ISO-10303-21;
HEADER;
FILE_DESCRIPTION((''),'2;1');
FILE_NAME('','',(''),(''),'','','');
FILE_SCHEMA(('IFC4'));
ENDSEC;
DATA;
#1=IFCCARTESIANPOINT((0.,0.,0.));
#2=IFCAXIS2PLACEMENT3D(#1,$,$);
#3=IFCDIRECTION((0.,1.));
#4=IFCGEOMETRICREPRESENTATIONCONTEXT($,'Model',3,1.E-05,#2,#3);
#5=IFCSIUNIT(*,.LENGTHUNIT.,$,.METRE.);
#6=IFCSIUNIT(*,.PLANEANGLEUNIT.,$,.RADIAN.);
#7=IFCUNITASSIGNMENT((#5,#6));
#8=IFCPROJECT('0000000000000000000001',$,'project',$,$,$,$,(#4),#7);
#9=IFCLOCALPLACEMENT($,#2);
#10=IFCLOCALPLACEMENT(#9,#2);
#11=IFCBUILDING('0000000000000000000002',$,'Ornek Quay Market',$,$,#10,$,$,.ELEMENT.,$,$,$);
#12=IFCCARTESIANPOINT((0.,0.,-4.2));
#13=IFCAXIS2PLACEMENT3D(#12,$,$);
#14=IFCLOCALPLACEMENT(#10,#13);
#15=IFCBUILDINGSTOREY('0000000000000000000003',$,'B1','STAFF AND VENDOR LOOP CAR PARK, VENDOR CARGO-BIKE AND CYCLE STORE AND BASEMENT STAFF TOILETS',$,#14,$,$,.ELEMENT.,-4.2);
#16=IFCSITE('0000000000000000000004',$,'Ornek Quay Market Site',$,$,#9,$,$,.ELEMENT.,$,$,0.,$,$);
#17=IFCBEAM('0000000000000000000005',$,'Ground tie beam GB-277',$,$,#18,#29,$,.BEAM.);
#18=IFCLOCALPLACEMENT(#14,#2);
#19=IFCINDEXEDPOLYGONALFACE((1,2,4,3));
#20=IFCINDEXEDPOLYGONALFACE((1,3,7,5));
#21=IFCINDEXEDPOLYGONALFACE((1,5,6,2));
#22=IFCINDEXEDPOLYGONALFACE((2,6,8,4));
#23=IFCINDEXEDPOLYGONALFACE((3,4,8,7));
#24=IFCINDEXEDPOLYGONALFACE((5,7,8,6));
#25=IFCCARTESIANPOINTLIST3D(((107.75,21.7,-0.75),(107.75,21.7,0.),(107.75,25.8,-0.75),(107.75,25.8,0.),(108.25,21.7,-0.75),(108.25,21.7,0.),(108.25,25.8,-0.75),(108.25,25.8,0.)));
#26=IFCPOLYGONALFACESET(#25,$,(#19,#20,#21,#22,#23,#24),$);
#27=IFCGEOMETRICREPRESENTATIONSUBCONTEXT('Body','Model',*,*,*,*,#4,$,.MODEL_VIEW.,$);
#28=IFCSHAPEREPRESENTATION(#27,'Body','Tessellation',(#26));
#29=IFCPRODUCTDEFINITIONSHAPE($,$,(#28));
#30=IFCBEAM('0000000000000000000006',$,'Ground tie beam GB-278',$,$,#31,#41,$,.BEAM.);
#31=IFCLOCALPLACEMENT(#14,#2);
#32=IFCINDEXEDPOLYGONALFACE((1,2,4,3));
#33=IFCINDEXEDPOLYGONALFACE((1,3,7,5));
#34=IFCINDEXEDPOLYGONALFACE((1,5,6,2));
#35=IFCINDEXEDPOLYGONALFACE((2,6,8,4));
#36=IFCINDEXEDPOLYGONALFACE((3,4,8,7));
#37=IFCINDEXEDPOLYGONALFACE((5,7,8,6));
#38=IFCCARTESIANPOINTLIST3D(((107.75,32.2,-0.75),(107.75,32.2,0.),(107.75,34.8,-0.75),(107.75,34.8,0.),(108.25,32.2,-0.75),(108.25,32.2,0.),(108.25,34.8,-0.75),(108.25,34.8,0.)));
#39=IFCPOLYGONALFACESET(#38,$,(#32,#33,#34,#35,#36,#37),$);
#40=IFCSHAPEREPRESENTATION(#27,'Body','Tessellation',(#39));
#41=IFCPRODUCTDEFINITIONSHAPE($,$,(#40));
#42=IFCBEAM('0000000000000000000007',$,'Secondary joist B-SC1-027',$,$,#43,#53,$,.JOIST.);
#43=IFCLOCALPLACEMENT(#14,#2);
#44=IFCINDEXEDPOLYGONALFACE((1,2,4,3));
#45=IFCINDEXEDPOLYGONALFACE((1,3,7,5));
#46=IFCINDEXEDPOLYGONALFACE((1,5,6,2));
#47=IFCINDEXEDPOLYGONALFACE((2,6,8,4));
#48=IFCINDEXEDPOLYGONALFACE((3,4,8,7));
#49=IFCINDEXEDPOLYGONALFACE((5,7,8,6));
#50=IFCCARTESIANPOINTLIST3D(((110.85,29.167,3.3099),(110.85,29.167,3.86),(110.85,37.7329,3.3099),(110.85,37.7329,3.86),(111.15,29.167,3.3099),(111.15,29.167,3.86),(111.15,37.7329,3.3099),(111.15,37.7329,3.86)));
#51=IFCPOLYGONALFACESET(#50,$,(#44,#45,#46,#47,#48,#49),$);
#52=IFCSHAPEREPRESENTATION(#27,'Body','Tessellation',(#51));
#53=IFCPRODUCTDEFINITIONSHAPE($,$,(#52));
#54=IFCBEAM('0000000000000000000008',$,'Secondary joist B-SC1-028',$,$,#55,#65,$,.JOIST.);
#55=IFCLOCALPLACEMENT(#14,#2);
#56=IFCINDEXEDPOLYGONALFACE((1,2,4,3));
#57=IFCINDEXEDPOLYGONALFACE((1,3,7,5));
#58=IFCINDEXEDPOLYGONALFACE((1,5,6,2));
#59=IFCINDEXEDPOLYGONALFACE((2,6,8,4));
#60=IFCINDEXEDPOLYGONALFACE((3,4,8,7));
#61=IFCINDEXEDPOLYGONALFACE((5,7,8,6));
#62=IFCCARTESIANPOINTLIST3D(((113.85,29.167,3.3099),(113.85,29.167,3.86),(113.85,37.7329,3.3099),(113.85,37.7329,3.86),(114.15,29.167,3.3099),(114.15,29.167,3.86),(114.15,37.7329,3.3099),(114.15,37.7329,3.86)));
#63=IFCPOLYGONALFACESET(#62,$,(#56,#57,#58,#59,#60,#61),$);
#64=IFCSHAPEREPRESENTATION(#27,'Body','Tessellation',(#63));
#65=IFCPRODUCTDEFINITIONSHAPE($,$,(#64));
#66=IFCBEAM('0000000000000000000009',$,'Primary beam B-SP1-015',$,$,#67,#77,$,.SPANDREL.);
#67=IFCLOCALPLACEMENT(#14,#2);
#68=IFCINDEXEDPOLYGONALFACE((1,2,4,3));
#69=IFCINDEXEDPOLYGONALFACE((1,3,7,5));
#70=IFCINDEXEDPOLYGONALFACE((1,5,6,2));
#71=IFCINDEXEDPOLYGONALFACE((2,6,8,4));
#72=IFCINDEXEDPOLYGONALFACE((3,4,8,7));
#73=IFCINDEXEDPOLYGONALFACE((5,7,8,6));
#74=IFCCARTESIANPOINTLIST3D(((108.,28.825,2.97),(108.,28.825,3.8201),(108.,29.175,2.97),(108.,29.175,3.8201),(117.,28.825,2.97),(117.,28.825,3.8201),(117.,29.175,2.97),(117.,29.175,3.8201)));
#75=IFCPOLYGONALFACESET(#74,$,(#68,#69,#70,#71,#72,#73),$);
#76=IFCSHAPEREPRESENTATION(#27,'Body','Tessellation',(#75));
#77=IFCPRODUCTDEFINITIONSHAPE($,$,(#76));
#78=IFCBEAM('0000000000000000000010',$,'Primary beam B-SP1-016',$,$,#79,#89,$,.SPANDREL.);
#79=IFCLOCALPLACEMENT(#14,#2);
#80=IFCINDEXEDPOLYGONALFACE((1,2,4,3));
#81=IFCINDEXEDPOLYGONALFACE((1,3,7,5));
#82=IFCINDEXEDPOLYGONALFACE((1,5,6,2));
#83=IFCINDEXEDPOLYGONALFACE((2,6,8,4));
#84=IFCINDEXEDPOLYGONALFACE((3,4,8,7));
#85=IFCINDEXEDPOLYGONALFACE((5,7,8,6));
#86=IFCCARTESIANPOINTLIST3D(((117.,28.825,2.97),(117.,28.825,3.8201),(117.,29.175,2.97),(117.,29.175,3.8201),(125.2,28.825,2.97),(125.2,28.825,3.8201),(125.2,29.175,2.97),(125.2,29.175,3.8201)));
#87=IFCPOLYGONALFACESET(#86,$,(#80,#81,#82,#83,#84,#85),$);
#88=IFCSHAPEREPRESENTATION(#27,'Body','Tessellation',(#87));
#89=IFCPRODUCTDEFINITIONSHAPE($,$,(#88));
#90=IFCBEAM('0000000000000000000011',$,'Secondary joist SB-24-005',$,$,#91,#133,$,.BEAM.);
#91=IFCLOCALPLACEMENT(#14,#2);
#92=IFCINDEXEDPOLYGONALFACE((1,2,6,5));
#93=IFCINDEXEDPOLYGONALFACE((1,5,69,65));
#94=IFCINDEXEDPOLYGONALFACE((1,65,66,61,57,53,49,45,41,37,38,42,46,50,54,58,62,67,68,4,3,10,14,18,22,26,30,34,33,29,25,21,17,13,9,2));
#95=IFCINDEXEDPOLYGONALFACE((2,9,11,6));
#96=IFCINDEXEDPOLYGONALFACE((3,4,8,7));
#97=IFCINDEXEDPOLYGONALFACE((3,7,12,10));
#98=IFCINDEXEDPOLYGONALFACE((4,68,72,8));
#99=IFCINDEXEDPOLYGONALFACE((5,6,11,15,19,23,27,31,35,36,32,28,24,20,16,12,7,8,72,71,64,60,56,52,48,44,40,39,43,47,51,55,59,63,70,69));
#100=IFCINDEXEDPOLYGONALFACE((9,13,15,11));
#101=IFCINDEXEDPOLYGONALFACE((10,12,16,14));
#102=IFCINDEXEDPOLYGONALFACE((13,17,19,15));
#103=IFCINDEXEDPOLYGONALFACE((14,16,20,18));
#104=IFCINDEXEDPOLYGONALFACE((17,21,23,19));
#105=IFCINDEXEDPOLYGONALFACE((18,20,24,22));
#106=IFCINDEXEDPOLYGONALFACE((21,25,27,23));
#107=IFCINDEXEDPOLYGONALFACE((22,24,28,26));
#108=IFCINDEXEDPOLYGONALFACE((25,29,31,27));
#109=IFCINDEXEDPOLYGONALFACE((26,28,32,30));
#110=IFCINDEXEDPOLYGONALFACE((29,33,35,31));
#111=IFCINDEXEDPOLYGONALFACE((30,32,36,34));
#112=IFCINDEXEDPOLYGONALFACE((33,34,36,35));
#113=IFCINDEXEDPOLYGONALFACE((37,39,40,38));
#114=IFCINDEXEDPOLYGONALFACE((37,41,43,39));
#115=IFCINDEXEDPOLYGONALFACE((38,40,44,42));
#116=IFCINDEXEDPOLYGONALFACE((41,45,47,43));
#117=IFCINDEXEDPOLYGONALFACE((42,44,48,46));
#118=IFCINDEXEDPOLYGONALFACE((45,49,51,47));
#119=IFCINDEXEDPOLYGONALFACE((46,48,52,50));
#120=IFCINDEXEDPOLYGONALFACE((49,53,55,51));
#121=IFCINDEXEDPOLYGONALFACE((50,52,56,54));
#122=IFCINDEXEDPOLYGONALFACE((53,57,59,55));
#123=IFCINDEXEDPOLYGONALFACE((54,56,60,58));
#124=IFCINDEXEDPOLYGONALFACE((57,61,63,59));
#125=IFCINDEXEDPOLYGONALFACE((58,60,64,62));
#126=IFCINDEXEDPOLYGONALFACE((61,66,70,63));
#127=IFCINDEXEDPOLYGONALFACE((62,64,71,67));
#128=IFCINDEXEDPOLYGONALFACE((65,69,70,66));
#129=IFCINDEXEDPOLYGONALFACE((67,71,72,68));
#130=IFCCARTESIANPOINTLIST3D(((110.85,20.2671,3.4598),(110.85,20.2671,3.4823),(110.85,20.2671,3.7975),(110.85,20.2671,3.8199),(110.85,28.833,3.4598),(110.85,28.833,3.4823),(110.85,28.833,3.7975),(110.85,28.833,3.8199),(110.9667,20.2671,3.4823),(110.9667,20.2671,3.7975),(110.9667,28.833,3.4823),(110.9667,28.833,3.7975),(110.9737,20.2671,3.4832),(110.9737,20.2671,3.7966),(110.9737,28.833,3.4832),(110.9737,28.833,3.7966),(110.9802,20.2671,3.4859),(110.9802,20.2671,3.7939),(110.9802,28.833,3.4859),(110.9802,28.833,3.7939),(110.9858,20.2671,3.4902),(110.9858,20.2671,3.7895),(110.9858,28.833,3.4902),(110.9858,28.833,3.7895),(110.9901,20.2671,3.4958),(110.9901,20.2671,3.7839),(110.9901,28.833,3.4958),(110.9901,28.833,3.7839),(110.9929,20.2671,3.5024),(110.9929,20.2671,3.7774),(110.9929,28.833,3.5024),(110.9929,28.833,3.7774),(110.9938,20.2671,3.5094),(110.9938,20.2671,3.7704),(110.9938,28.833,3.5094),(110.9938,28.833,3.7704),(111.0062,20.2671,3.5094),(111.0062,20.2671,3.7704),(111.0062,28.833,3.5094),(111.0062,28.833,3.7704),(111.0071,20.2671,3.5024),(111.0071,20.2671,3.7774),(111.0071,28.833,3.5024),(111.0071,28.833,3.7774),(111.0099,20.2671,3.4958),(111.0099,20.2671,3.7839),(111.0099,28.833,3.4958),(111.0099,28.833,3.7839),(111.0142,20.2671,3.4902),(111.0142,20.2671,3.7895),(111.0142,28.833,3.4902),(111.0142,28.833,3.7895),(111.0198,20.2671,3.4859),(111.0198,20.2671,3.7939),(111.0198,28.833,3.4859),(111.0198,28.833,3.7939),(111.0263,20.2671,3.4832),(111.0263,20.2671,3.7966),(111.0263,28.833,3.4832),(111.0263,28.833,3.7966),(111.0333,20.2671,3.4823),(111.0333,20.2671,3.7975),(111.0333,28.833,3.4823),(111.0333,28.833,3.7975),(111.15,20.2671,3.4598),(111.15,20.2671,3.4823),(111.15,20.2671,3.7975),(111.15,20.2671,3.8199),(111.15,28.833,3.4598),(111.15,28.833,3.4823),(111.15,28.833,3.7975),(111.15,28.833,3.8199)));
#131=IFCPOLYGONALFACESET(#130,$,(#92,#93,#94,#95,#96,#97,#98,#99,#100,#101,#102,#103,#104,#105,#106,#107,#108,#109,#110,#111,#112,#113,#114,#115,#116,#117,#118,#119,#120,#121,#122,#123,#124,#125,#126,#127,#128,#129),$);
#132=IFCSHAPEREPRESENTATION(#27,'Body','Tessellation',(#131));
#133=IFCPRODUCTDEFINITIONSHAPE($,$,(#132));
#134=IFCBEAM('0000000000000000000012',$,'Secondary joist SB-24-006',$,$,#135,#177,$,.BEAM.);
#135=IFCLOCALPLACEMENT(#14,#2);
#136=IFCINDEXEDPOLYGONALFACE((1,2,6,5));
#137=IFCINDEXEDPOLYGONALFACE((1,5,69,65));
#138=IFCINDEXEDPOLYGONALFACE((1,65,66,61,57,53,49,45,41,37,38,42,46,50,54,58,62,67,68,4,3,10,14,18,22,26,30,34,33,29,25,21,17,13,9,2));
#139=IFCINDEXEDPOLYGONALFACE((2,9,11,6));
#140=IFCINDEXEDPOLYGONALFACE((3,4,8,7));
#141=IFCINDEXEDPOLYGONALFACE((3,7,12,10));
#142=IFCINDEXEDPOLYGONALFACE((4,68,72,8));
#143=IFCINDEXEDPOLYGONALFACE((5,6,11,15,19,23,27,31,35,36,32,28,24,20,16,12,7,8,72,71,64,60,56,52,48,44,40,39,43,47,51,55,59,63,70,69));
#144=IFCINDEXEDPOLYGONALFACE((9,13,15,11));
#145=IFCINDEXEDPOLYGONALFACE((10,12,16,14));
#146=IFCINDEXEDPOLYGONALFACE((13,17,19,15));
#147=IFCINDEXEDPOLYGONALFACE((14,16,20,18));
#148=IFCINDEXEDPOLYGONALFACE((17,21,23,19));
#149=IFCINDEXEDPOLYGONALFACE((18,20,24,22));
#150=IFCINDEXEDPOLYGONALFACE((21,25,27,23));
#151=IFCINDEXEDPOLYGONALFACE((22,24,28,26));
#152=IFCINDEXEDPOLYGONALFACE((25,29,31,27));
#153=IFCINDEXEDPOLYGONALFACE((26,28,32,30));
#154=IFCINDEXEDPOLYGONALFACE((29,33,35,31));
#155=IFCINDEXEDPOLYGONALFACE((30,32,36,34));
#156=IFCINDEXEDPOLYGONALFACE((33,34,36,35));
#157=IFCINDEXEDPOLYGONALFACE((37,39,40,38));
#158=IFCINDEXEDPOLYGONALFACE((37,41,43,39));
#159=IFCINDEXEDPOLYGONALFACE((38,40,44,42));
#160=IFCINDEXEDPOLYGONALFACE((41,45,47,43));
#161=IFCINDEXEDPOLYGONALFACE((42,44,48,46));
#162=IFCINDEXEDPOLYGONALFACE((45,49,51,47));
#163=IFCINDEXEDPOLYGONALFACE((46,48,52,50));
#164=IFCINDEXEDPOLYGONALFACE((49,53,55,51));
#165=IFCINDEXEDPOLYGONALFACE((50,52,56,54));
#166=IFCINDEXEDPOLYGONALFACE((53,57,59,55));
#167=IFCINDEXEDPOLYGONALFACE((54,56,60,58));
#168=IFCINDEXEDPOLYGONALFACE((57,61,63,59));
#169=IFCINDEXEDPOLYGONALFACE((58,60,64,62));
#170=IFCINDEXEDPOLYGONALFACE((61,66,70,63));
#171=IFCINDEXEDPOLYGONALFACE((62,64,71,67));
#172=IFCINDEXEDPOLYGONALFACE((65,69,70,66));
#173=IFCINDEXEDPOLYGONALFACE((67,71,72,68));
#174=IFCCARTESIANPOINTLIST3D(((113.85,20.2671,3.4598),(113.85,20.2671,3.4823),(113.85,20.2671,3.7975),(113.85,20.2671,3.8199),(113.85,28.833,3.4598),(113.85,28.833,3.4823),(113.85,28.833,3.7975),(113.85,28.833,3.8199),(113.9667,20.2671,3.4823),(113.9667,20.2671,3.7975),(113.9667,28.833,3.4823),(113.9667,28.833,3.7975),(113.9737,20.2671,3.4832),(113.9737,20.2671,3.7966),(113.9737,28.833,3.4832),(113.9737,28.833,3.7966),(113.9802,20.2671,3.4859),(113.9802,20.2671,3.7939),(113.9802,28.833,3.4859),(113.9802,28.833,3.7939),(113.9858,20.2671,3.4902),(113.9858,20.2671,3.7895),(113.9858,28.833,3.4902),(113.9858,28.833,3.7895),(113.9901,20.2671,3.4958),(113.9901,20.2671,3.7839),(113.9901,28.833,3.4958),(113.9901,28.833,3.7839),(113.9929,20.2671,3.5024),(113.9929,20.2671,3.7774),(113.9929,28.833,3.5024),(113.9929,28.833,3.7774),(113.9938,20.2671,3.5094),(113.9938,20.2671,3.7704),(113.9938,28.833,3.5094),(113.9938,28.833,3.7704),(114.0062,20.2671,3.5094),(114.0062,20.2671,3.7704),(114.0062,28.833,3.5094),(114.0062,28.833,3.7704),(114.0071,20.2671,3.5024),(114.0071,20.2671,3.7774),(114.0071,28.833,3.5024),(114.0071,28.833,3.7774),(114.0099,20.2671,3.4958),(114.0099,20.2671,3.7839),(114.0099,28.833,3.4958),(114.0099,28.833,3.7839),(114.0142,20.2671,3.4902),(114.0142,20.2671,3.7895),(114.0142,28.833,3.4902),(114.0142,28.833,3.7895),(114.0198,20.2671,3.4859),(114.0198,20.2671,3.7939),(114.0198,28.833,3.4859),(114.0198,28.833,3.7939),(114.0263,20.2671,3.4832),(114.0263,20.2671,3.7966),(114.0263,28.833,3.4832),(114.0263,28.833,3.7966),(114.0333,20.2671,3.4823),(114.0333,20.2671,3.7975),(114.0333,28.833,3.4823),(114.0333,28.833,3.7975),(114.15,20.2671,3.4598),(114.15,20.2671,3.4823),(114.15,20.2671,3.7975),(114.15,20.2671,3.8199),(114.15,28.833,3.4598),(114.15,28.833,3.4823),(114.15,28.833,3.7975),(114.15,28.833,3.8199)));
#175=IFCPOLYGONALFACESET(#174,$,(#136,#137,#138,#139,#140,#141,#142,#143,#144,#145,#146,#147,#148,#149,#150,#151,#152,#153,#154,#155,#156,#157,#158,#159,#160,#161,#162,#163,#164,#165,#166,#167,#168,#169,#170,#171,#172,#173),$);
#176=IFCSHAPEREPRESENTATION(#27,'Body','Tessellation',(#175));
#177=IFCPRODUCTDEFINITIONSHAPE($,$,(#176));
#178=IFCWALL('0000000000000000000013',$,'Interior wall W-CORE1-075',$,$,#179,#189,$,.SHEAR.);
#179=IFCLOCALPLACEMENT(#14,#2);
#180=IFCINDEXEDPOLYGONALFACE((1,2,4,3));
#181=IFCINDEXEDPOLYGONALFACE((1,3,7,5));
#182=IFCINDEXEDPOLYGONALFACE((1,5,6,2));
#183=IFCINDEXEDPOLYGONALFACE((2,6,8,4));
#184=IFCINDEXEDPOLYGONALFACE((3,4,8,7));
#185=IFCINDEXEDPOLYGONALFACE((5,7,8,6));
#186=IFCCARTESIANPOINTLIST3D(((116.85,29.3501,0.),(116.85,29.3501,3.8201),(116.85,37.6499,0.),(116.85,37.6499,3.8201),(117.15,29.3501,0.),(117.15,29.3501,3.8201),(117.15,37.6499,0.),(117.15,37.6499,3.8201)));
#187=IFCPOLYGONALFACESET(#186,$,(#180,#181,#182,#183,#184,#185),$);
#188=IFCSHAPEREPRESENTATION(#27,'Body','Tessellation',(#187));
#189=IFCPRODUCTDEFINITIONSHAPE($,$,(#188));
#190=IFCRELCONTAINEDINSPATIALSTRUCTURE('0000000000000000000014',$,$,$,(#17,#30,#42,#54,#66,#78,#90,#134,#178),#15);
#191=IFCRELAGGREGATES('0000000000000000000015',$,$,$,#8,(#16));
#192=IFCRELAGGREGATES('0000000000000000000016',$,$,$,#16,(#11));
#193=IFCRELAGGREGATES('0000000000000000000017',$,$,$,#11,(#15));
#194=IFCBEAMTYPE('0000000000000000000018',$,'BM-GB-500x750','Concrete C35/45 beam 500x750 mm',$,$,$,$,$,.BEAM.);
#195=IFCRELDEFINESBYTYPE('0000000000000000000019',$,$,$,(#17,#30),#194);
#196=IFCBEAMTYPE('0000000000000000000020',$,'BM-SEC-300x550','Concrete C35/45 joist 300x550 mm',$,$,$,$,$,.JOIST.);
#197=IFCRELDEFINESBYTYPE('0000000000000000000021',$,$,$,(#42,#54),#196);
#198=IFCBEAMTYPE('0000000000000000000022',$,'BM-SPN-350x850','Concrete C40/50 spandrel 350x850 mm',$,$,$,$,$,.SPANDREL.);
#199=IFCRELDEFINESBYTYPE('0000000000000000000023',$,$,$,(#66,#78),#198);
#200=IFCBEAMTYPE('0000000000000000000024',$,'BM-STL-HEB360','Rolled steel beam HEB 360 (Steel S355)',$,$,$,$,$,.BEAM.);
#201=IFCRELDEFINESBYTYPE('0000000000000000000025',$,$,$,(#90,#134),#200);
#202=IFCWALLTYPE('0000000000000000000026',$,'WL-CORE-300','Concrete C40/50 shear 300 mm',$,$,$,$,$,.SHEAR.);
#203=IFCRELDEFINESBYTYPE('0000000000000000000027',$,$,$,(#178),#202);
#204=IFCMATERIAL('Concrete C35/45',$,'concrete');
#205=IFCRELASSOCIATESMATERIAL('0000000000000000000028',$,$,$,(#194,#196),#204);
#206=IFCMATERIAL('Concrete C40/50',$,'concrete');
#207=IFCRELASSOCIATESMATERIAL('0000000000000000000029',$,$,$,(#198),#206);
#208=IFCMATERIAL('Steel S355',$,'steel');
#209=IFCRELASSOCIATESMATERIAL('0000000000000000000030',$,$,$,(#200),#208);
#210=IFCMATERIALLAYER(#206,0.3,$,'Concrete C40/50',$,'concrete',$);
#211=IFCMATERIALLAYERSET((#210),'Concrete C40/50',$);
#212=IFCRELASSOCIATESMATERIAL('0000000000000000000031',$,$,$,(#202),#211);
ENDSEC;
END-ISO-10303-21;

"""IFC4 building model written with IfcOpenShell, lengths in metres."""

from ifc_helpers import new_model, si_unit, direction, frame, frame_2d, origin, origin_2d, place, context, subcontext, project, spatial, rectangle, i_section, extrude, material, layer, layer_set, material_profile, profile_set, type_object, element, save


model = new_model("IFC4")

# Units and contexts
model_context = context("Model", 3, precision=1e-05, world=origin(), true_north=direction((0.0, 1.0)))
body_context = subcontext(model_context, "Body", "Model", "MODEL_VIEW")
ifc_project = project(units=[si_unit("LENGTHUNIT", "METRE"), si_unit("PLANEANGLEUNIT", "RADIAN")], contexts=[model_context])

# Site, building, storey
site_placement = place(None, origin())
site = spatial("IfcSite", under=ifc_project, at=site_placement, Name="Ornek Quay Market Site", CompositionType="ELEMENT", RefElevation=0.0)
building_placement = place(site_placement, origin())
building = spatial("IfcBuilding", under=site, at=building_placement, Name="Ornek Quay Market", CompositionType="ELEMENT")
storey_placement = place(building_placement, frame((0.0, 0.0, -4.2)))
storey = spatial("IfcBuildingStorey", under=building, at=storey_placement, Name="B1", Description="STAFF AND VENDOR LOOP CAR PARK, VENDOR CARGO-BIKE AND CYCLE STORE AND BASEMENT STAFF TOILETS", CompositionType="ELEMENT", Elevation=-4.2)

# Shared definitions
ifc_material_1 = material(Name="Concrete C35/45", Category="concrete")

# Shared definitions
ifc_material_2 = material(Name="Concrete C40/50", Category="concrete")

# Beams
ifc_material_profile_1 = material_profile(ifc_material_1, rectangle(XDim=0.5, YDim=0.75, at=origin_2d()), Name="RC 500x750", Category="concrete")
ifc_profile_set_1 = profile_set([ifc_material_profile_1], Name="Concrete C35/45")
beam_type_1 = type_object("IfcBeamType", Name="BM-GB-500x750", Description="Concrete C35/45 beam 500x750 mm", PredefinedType="BEAM", material=ifc_profile_set_1)
beam_1_placement = place(storey_placement, frame((108.0, 21.7, -0.375), z_axis=(0.0, 1.0, 0.0), x_axis=(-1.0, 0.0, 0.0)))
element("IfcBeam", 1, at=beam_1_placement, inside=storey, type_object=beam_type_1, Name="Ground tie beam GB-277", PredefinedType="BEAM", context=body_context, shape_type="SweptSolid", body=[
    extrude(rectangle(XDim=0.5, YDim=0.75, at=origin_2d()), origin(), (0.0, 0.0, 1.0), 4.1001),
])
beam_2_placement = place(storey_placement, frame((108.0, 32.2, -0.375), z_axis=(0.0, 1.0, 0.0), x_axis=(-1.0, 0.0, 0.0)))
element("IfcBeam", 2, at=beam_2_placement, inside=storey, type_object=beam_type_1, Name="Ground tie beam GB-278", PredefinedType="BEAM", context=body_context, shape_type="SweptSolid", body=[
    extrude(rectangle(XDim=0.5, YDim=0.75, at=origin_2d()), origin(), (0.0, 0.0, 1.0), 2.6001),
])
ifc_material_profile_2 = material_profile(ifc_material_1, rectangle(XDim=0.3, YDim=0.55, at=origin_2d()), Name="RC 300x550", Category="concrete")
ifc_profile_set_2 = profile_set([ifc_material_profile_2], Name="Concrete C35/45")
beam_type_2 = type_object("IfcBeamType", Name="BM-SEC-300x550", Description="Concrete C35/45 joist 300x550 mm", PredefinedType="JOIST", material=ifc_profile_set_2)
for number, where, z_axis, x_axis, name in (
    (3, (111.0, 29.167, 3.585), (0.0, 1.0, 0.0), (-1.0, 0.0, 0.0), "Secondary joist B-SC1-027"),
    (4, (114.0, 29.167, 3.585), (0.0, 1.0, 0.0), (-1.0, 0.0, 0.0), "Secondary joist B-SC1-028"),
):
    element("IfcBeam", number, at=place(storey_placement, frame(where, z_axis=z_axis, x_axis=x_axis)), inside=storey, type_object=beam_type_2, Name=name, PredefinedType="JOIST", context=body_context, shape_type="SweptSolid", body=[
        extrude(rectangle(XDim=0.3, YDim=0.55, at=origin_2d()), origin(), (0.0, 0.0, 1.0), 8.5659),
    ])
ifc_material_profile_3 = material_profile(ifc_material_2, rectangle(XDim=0.3501, YDim=0.8501, at=origin_2d()), Name="RC 350x850", Category="concrete")
ifc_profile_set_3 = profile_set([ifc_material_profile_3], Name="Concrete C40/50")
beam_type_3 = type_object("IfcBeamType", Name="BM-SPN-350x850", Description="Concrete C40/50 spandrel 350x850 mm", PredefinedType="SPANDREL", material=ifc_profile_set_3)
beam_3_placement = place(storey_placement, frame((108.0, 29.0, 3.395), z_axis=(1.0, 0.0, 0.0), x_axis=(0.0, 1.0, 0.0)))
element("IfcBeam", 5, at=beam_3_placement, inside=storey, type_object=beam_type_3, Name="Primary beam B-SP1-015", PredefinedType="SPANDREL", context=body_context, shape_type="SweptSolid", body=[
    extrude(rectangle(XDim=0.3501, YDim=0.8501, at=origin_2d()), origin(), (0.0, 0.0, 1.0), 9.0),
])
beam_4_placement = place(storey_placement, frame((117.0, 29.0, 3.395), z_axis=(1.0, 0.0, 0.0), x_axis=(0.0, 1.0, 0.0)))
element("IfcBeam", 6, at=beam_4_placement, inside=storey, type_object=beam_type_3, Name="Primary beam B-SP1-016", PredefinedType="SPANDREL", context=body_context, shape_type="SweptSolid", body=[
    extrude(rectangle(XDim=0.3501, YDim=0.8501, at=origin_2d()), origin(), (0.0, 0.0, 1.0), 8.2),
])
ifc_material_3 = material(Name="Steel S355", Category="steel")
ifc_material_profile_4 = material_profile(ifc_material_3, i_section(OverallWidth=0.3, OverallDepth=0.3601, WebThickness=0.0125, FlangeThickness=0.0225, FilletRadius=0.0271, at=origin_2d()), Name="HEB 360", Category="steel")
ifc_profile_set_4 = profile_set([ifc_material_profile_4], Name="Steel S355")
beam_type_4 = type_object("IfcBeamType", Name="BM-STL-HEB360", Description="Rolled steel beam HEB 360 (Steel S355)", PredefinedType="BEAM", material=ifc_profile_set_4)
for number, where, z_axis, x_axis, name in (
    (7, (111.0, 20.2671, 3.6399), (0.0, 1.0, 0.0), (-1.0, 0.0, 0.0), "Secondary joist SB-24-005"),
    (8, (114.0, 20.2671, 3.6399), (0.0, 1.0, 0.0), (-1.0, 0.0, 0.0), "Secondary joist SB-24-006"),
):
    element("IfcBeam", number, at=place(storey_placement, frame(where, z_axis=z_axis, x_axis=x_axis)), inside=storey, type_object=beam_type_4, Name=name, PredefinedType="BEAM", context=body_context, shape_type="SweptSolid", body=[
        extrude(i_section(OverallWidth=0.3, OverallDepth=0.3601, WebThickness=0.0125, FlangeThickness=0.0225, FilletRadius=0.0271, at=origin_2d()), origin(), (0.0, 0.0, 1.0), 8.5659),
    ])

# Wall
ifc_layer_1 = layer(ifc_material_2, 0.3, Name="Concrete C40/50", Category="concrete")
ifc_layer_set_1 = layer_set([ifc_layer_1], Name="Concrete C40/50")
wall_type_1 = type_object("IfcWallType", Name="WL-CORE-300", Description="Concrete C40/50 shear 300 mm", PredefinedType="SHEAR", material=ifc_layer_set_1)
wall_1_placement = place(storey_placement, frame((117.0, 29.3501, 0.0), z_axis=(0.0, 0.0, 1.0), x_axis=(0.0, 1.0, 0.0)))
element("IfcWall", 9, at=wall_1_placement, inside=storey, type_object=wall_type_1, Name="Interior wall W-CORE1-075", PredefinedType="SHEAR", context=body_context, shape_type="SweptSolid", body=[
    extrude(rectangle(XDim=8.2998, YDim=0.3, at=frame_2d((4.1499, 0.0))), origin(), (0.0, 0.0, 1.0), 3.8201),
])

save(model, "model.ifc")
